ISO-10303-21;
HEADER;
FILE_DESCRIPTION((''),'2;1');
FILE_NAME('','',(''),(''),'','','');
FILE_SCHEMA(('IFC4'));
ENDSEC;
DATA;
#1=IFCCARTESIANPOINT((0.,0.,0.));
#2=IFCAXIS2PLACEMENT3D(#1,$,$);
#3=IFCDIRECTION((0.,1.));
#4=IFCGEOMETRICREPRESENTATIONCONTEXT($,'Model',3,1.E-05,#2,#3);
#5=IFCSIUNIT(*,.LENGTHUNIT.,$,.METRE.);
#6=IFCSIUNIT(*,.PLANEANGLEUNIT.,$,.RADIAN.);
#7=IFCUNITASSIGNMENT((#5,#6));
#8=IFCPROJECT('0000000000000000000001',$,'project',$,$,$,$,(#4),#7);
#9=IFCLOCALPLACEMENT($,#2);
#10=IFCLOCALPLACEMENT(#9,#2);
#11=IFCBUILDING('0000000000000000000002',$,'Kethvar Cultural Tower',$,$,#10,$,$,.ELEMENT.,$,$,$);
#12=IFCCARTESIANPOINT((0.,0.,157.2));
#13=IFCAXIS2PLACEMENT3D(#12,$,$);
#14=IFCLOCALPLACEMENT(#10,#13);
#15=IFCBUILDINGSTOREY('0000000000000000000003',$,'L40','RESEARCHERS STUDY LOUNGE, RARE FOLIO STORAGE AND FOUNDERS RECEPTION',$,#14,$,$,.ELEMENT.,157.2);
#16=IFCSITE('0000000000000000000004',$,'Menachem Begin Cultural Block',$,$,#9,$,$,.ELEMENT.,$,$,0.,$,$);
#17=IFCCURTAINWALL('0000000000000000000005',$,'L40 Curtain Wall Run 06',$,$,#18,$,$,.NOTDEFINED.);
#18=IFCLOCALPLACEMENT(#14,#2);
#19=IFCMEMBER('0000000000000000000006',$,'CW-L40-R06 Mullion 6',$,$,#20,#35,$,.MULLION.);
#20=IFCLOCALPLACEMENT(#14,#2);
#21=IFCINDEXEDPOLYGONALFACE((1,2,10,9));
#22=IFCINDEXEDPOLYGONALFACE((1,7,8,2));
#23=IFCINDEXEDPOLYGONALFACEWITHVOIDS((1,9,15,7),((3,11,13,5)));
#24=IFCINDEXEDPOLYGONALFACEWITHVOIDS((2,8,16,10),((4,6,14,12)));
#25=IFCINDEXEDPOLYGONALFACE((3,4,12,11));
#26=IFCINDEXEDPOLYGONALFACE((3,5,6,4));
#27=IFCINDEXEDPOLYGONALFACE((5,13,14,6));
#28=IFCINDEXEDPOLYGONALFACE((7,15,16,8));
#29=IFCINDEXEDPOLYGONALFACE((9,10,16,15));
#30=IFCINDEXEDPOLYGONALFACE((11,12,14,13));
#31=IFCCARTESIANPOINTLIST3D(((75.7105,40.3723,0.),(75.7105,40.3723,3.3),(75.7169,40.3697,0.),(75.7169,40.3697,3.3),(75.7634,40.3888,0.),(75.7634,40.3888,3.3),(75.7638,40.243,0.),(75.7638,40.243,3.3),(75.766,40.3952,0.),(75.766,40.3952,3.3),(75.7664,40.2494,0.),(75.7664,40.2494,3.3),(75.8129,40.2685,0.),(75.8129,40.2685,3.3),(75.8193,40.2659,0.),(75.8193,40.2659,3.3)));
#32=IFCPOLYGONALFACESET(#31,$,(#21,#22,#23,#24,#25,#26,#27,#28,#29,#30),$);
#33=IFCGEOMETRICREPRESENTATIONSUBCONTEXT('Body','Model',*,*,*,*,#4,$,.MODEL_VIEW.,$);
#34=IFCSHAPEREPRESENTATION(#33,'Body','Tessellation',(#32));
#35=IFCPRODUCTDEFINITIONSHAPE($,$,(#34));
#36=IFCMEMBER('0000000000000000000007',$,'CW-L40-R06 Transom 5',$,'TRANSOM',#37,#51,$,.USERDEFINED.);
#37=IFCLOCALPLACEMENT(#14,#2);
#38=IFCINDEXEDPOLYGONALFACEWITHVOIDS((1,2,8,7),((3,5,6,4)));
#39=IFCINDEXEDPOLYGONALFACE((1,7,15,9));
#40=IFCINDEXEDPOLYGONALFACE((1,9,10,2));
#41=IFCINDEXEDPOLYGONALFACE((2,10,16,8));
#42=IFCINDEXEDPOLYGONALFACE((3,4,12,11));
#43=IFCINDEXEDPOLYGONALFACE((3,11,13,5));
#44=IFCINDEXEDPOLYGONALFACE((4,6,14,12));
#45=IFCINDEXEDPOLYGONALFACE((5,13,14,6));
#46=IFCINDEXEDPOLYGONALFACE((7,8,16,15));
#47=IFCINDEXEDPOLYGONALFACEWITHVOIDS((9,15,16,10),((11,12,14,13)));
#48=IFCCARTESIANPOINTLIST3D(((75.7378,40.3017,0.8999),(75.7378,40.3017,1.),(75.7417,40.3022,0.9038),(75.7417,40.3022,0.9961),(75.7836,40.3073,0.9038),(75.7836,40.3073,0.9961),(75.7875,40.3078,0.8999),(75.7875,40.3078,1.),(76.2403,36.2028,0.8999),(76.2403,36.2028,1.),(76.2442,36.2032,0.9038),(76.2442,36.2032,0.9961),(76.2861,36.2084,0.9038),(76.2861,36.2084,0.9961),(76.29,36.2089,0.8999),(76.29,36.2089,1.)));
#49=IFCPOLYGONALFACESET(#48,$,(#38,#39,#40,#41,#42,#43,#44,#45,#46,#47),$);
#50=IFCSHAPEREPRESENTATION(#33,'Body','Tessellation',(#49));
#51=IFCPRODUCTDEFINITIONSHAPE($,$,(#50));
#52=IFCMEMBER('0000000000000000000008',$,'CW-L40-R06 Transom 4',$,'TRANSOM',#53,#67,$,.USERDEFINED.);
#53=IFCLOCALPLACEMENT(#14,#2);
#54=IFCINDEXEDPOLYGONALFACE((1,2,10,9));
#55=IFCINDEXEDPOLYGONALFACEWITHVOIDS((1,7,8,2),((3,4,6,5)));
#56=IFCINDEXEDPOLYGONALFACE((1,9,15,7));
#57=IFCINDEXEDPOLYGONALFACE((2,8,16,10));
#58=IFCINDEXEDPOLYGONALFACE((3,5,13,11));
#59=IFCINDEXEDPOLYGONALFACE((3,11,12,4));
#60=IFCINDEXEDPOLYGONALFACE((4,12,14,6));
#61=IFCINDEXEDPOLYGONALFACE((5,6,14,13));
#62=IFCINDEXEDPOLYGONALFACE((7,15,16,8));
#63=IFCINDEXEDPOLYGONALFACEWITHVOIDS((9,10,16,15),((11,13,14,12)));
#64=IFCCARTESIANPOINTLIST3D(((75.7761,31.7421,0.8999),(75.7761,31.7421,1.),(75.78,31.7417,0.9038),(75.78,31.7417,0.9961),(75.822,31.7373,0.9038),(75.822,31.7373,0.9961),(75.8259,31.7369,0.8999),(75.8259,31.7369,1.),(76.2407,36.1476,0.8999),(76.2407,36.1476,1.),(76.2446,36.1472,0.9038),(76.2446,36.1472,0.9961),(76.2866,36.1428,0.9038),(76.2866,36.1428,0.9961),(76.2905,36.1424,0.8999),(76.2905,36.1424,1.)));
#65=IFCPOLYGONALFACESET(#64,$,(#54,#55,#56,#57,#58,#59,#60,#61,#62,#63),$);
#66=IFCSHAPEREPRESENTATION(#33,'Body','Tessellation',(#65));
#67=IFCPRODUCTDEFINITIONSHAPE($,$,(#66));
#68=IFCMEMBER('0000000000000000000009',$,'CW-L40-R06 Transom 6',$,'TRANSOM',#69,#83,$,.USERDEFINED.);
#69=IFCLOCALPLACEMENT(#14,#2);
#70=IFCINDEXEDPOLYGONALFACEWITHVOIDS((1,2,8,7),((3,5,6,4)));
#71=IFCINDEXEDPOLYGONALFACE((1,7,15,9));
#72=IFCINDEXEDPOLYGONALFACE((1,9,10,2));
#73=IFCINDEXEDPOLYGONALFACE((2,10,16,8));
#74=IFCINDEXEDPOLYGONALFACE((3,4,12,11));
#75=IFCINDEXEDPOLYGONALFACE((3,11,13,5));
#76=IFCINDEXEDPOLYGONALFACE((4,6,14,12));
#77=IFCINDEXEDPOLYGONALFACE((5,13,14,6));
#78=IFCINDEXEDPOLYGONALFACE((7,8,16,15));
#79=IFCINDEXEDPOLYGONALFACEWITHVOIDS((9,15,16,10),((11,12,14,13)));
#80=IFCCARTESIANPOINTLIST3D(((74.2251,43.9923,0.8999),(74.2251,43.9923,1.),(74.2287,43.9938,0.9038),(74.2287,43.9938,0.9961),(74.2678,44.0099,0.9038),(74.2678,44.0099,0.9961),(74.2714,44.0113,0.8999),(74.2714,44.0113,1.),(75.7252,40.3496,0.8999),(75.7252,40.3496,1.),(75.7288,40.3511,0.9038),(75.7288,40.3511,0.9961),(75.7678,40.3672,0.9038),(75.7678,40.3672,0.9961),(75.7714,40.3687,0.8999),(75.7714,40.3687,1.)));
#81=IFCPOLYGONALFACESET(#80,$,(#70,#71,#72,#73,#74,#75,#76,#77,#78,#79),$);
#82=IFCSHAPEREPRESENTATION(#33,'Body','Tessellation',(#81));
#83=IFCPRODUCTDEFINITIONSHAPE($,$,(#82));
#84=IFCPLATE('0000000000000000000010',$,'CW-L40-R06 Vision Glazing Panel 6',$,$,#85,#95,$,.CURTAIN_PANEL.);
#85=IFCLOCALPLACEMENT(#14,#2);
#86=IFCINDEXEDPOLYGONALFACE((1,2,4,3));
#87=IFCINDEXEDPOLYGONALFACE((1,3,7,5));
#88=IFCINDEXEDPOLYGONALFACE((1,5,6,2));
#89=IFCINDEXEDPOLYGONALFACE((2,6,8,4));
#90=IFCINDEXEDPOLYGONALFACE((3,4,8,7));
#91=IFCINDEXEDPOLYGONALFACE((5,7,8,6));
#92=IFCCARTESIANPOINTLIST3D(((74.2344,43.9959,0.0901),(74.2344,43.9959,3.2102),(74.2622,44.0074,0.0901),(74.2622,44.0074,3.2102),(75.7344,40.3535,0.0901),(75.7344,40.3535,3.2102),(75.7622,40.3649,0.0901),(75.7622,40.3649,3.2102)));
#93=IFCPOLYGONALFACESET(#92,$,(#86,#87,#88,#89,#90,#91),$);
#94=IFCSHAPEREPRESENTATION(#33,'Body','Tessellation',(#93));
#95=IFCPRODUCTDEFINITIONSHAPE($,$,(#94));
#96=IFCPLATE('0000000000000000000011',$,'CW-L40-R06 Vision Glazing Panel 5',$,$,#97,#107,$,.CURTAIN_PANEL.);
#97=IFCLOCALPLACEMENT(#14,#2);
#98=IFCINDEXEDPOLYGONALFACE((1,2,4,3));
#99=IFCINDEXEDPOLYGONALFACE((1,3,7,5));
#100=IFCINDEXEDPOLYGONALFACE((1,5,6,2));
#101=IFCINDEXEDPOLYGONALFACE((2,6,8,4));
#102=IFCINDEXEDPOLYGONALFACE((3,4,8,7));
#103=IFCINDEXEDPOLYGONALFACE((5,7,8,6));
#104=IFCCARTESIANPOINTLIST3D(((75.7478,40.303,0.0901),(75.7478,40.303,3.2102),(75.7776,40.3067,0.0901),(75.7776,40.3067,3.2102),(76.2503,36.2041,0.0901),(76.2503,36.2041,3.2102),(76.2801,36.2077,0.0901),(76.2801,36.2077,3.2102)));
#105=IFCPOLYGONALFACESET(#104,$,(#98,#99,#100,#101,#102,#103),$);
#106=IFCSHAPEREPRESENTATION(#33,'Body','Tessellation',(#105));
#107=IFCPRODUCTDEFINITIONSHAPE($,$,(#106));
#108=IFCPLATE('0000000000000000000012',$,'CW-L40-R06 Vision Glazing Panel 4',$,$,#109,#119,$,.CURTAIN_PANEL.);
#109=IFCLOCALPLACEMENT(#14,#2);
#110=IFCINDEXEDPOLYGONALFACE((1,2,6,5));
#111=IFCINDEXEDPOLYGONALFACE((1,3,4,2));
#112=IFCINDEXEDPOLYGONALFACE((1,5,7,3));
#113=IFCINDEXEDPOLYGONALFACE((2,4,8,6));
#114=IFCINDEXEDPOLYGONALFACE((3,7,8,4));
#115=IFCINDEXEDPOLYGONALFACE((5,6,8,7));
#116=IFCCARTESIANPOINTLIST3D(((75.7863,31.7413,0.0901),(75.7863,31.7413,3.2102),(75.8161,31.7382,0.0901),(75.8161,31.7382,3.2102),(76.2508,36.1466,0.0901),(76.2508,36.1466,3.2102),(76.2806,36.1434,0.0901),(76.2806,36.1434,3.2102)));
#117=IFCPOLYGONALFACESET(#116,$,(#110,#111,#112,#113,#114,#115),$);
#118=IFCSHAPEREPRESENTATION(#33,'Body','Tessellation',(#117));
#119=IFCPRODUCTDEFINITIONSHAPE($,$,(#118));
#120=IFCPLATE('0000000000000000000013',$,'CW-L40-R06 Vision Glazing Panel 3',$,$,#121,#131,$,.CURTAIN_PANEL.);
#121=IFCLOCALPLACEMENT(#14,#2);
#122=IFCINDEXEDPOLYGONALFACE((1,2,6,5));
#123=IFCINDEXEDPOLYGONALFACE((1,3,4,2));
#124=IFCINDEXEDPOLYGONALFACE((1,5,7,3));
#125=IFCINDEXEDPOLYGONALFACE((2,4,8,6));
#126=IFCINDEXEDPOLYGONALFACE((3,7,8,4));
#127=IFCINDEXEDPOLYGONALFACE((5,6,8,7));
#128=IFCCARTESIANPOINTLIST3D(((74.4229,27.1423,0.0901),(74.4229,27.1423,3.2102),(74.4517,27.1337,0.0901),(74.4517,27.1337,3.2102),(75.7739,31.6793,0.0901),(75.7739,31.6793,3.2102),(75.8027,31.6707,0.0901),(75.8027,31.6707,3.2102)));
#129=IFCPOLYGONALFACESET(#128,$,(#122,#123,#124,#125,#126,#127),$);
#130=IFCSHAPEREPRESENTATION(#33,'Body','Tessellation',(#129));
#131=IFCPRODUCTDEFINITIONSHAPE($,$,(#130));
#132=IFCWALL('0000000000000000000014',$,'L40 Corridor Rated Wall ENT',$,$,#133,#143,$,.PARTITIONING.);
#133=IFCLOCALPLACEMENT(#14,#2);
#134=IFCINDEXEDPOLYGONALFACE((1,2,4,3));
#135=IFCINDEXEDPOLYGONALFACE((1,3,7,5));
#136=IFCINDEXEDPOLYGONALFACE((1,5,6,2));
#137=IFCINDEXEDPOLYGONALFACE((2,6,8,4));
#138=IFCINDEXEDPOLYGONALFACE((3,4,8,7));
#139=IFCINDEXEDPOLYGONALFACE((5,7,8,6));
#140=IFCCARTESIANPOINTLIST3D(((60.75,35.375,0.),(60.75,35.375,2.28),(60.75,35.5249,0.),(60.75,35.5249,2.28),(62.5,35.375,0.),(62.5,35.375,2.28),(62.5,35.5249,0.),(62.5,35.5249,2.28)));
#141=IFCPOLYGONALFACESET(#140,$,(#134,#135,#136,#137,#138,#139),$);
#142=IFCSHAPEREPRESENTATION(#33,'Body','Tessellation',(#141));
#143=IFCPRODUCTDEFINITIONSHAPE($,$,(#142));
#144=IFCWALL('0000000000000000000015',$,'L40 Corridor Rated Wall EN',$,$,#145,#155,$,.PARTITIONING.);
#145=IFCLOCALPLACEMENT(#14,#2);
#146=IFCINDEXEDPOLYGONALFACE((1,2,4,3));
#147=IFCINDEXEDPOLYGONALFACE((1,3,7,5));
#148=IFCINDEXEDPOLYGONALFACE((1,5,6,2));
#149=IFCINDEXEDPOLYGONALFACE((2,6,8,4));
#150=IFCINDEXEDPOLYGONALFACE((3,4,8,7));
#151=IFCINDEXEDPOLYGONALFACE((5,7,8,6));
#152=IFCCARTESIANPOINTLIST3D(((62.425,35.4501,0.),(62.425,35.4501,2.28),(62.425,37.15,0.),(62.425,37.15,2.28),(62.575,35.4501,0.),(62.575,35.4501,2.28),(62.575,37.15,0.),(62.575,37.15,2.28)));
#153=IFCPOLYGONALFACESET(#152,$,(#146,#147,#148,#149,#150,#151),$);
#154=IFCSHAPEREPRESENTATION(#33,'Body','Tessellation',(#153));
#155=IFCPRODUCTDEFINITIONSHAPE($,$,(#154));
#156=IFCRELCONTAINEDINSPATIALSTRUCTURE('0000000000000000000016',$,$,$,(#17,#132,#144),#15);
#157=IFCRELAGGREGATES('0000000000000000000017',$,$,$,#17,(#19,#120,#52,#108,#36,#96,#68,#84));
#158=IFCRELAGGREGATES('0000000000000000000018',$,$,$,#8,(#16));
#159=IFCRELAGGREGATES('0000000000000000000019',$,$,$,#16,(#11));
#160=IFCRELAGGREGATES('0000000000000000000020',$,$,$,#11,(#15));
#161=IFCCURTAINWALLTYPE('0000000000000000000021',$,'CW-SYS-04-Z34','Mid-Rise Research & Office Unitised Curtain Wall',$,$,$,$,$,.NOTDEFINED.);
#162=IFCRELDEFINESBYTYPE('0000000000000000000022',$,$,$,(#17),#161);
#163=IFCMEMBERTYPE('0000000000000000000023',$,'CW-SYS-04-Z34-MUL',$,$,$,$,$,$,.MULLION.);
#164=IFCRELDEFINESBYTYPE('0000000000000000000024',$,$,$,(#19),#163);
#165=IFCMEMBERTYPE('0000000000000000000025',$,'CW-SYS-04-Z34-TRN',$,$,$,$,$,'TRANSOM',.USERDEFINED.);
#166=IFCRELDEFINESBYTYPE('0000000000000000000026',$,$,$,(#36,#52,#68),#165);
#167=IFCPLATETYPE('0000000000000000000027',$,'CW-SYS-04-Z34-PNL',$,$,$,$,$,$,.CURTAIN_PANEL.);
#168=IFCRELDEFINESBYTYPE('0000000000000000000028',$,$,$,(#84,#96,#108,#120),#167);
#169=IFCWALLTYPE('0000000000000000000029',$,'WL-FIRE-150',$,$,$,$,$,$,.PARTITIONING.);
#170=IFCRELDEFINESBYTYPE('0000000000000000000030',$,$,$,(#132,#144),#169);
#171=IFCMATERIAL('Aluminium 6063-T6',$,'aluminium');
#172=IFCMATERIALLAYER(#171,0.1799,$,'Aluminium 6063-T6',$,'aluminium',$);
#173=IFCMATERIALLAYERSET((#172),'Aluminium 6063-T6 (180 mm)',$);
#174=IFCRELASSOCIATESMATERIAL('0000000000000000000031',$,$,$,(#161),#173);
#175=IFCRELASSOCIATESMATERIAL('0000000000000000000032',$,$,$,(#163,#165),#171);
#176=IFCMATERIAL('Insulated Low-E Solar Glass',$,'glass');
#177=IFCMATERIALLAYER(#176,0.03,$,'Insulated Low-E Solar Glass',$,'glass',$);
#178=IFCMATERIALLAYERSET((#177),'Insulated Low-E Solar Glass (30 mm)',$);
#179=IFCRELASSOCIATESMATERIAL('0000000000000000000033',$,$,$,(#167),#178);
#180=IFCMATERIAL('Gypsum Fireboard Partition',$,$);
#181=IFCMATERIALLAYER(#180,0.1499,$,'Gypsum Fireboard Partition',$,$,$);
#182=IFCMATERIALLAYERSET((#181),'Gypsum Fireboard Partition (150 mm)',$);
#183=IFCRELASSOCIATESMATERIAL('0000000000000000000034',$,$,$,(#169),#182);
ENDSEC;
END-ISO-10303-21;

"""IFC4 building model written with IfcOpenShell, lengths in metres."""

from ifc_helpers import new_model, si_unit, direction, frame, frame_2d, origin, origin_2d, place, context, subcontext, project, spatial, rectangle, hollow_rectangle, extrude, source, transform, mapped, material, layer, layer_set, material_profile, profile_set, type_object, element, aggregate, save


model = new_model("IFC4")

# Units and contexts
model_context = context("Model", 3, precision=1e-05, world=origin(), true_north=direction((0.0, 1.0)))
body_context = subcontext(model_context, "Body", "Model", "MODEL_VIEW")
ifc_project = project(units=[si_unit("LENGTHUNIT", "METRE"), si_unit("PLANEANGLEUNIT", "RADIAN")], contexts=[model_context])

# Site, building, storey
site_placement = place(None, origin())
site = spatial("IfcSite", under=ifc_project, at=site_placement, Name="Menachem Begin Cultural Block", CompositionType="ELEMENT", RefElevation=0.0)
building_placement = place(site_placement, origin())
building = spatial("IfcBuilding", under=site, at=building_placement, Name="Kethvar Cultural Tower", CompositionType="ELEMENT")
storey_placement = place(building_placement, frame((0.0, 0.0, 157.2)))
storey = spatial("IfcBuildingStorey", under=building, at=storey_placement, Name="L40", Description="RESEARCHERS STUDY LOUNGE, RARE FOLIO STORAGE AND FOUNDERS RECEPTION", CompositionType="ELEMENT", Elevation=157.2)

# Curtain wall, members, plates
ifc_material_1 = material(Name="Aluminium 6063-T6", Category="aluminium")
ifc_layer_1 = layer(ifc_material_1, 0.1799, Name="Aluminium 6063-T6", Category="aluminium")
ifc_layer_set_1 = layer_set([ifc_layer_1], Name="Aluminium 6063-T6 (180 mm)")
curtain_wall_type = type_object("IfcCurtainWallType", Name="CW-SYS-04-Z34", Description="Mid-Rise Research & Office Unitised Curtain Wall", PredefinedType="NOTDEFINED", material=ifc_layer_set_1)
curtain_wall_placement = place(storey_placement, origin())
curtain_wall = element("IfcCurtainWall", 1, at=curtain_wall_placement, inside=storey, type_object=curtain_wall_type, Name="L40 Curtain Wall Run 06", PredefinedType="NOTDEFINED")
ifc_material_profile_1 = material_profile(ifc_material_1, hollow_rectangle(XDim=0.0601, YDim=0.1399, WallThickness=0.0049, at=origin_2d()), Name="Aluminium 6063-T6 — RHS140x60x5")
ifc_profile_set_1 = profile_set([ifc_material_profile_1], Name="Aluminium 6063-T6 — RHS140x60x5")
member_type_1 = type_object("IfcMemberType", Name="CW-SYS-04-Z34-MUL", PredefinedType="MULLION", material=ifc_profile_set_1)
shared_shape_1 = source(origin(), body_context, "Body", "SweptSolid", [
    extrude(hollow_rectangle(XDim=0.0601, YDim=0.1399, WallThickness=0.0049, at=origin_2d()), origin(), (0.0, 0.0, 1.0), 3.3),
])
member_1_placement = place(storey_placement, frame((75.7649, 40.3191, 0.0), z_axis=(0.0, 0.0, 1.0), x_axis=(-0.924659, -0.380796, 0.0)))
member_1 = element("IfcMember", 2, at=member_1_placement, type_object=member_type_1, Name="CW-L40-R06 Mullion 6", PredefinedType="MULLION", context=body_context, shape_type="MappedRepresentation", body=[
    mapped(shared_shape_1, transform((0.0, 0.0, 0.0), scale=1.0)),
])
ifc_material_profile_2 = material_profile(ifc_material_1, hollow_rectangle(XDim=0.05, YDim=0.1001, WallThickness=0.0039, at=origin_2d()), Name="Aluminium 6063-T6 — RHS100x50x4")
ifc_profile_set_2 = profile_set([ifc_material_profile_2], Name="Aluminium 6063-T6 — RHS100x50x4")
member_type_2 = type_object("IfcMemberType", Name="CW-SYS-04-Z34-TRN", ElementType="TRANSOM", PredefinedType="USERDEFINED", material=ifc_profile_set_2)
shared_shape_2 = source(origin(), body_context, "Body", "SweptSolid", [
    extrude(hollow_rectangle(XDim=0.05, YDim=0.1001, WallThickness=0.0039, at=origin_2d()), origin(), (0.0, 0.0, 1.0), 4.1296),
])
member_2_placement = place(storey_placement, frame((76.2651, 36.2058, 0.95), z_axis=(-0.12167, 0.992571, 0.0), x_axis=(-0.992571, -0.12167, 0.0)))
member_2 = element("IfcMember", 3, at=member_2_placement, type_object=member_type_2, Name="CW-L40-R06 Transom 5", ObjectType="TRANSOM", PredefinedType="USERDEFINED", context=body_context, shape_type="MappedRepresentation", body=[
    mapped(shared_shape_2, transform((0.0, 0.0, 0.0), scale=1.0)),
])
shared_shape_3 = source(origin(), body_context, "Body", "SweptSolid", [
    extrude(hollow_rectangle(XDim=0.05, YDim=0.1001, WallThickness=0.0039, at=origin_2d()), origin(), (0.0, 0.0, 1.0), 4.4299),
])
member_3_placement = place(storey_placement, frame((75.801, 31.7395, 0.95), z_axis=(0.104877, 0.994485, 0.0), x_axis=(-0.994485, 0.104877, 0.0)))
member_3 = element("IfcMember", 4, at=member_3_placement, type_object=member_type_2, Name="CW-L40-R06 Transom 4", ObjectType="TRANSOM", PredefinedType="USERDEFINED", context=body_context, shape_type="MappedRepresentation", body=[
    mapped(shared_shape_3, transform((0.0, 0.0, 0.0), scale=1.0)),
])
shared_shape_4 = source(origin(), body_context, "Body", "SweptSolid", [
    extrude(hollow_rectangle(XDim=0.05, YDim=0.1001, WallThickness=0.0039, at=origin_2d()), origin(), (0.0, 0.0, 1.0), 3.9395),
])
member_4_placement = place(storey_placement, frame((75.7483, 40.3591, 0.95), z_axis=(-0.380775, 0.924668, 0.0), x_axis=(-0.924668, -0.380775, 0.0)))
member_4 = element("IfcMember", 5, at=member_4_placement, type_object=member_type_2, Name="CW-L40-R06 Transom 6", ObjectType="TRANSOM", PredefinedType="USERDEFINED", context=body_context, shape_type="MappedRepresentation", body=[
    mapped(shared_shape_4, transform((0.0, 0.0, 0.0), scale=1.0)),
])
ifc_material_2 = material(Name="Insulated Low-E Solar Glass", Category="glass")
ifc_layer_2 = layer(ifc_material_2, 0.03, Name="Insulated Low-E Solar Glass", Category="glass")
ifc_layer_set_2 = layer_set([ifc_layer_2], Name="Insulated Low-E Solar Glass (30 mm)")
plate_type = type_object("IfcPlateType", Name="CW-SYS-04-Z34-PNL", PredefinedType="CURTAIN_PANEL", material=ifc_layer_set_2)
shared_shape_5 = source(origin(), body_context, "Body", "SweptSolid", [
    extrude(rectangle(XDim=3.9392, YDim=0.03, at=origin_2d()), origin(), (0.0, 0.0, 1.0), 3.1201),
])
plate_1_placement = place(storey_placement, frame((74.9983, 42.1804, 0.0901), z_axis=(0.0, 0.0, 1.0), x_axis=(-0.380796, 0.924659, 0.0)))
plate_1 = element("IfcPlate", 6, at=plate_1_placement, type_object=plate_type, Name="CW-L40-R06 Vision Glazing Panel 6", PredefinedType="CURTAIN_PANEL", context=body_context, shape_type="MappedRepresentation", body=[
    mapped(shared_shape_5, transform((0.0, 0.0, 0.0), scale=1.0)),
])
shared_shape_6 = source(origin(), body_context, "Body", "SweptSolid", [
    extrude(rectangle(XDim=4.1296, YDim=0.03, at=origin_2d()), origin(), (0.0, 0.0, 1.0), 3.1201),
])
plate_2_placement = place(storey_placement, frame((76.0139, 38.2554, 0.0901), z_axis=(0.0, 0.0, 1.0), x_axis=(-0.121679, 0.99257, 0.0)))
plate_2 = element("IfcPlate", 7, at=plate_2_placement, type_object=plate_type, Name="CW-L40-R06 Vision Glazing Panel 5", PredefinedType="CURTAIN_PANEL", context=body_context, shape_type="MappedRepresentation", body=[
    mapped(shared_shape_6, transform((0.0, 0.0, 0.0), scale=1.0)),
])
shared_shape_7 = source(origin(), body_context, "Body", "SweptSolid", [
    extrude(rectangle(XDim=4.4297, YDim=0.03, at=origin_2d()), origin(), (0.0, 0.0, 1.0), 3.1201),
])
plate_3_placement = place(storey_placement, frame((76.0334, 33.9424, 0.0901), z_axis=(0.0, 0.0, 1.0), x_axis=(0.104858, 0.994487, 0.0)))
plate_3 = element("IfcPlate", 8, at=plate_3_placement, type_object=plate_type, Name="CW-L40-R06 Vision Glazing Panel 4", PredefinedType="CURTAIN_PANEL", context=body_context, shape_type="MappedRepresentation", body=[
    mapped(shared_shape_7, transform((0.0, 0.0, 0.0), scale=1.0)),
])
shared_shape_8 = source(origin(), body_context, "Body", "SweptSolid", [
    extrude(rectangle(XDim=4.7339, YDim=0.03, at=origin_2d()), origin(), (0.0, 0.0, 1.0), 3.1201),
])
plate_4_placement = place(storey_placement, frame((75.1128, 29.4065, 0.0901), z_axis=(0.0, 0.0, 1.0), x_axis=(0.285387, 0.958412, 0.0)))
plate_4 = element("IfcPlate", 9, at=plate_4_placement, type_object=plate_type, Name="CW-L40-R06 Vision Glazing Panel 3", PredefinedType="CURTAIN_PANEL", context=body_context, shape_type="MappedRepresentation", body=[
    mapped(shared_shape_8, transform((0.0, 0.0, 0.0), scale=1.0)),
])
aggregate(curtain_wall, [member_1, plate_4, member_3, plate_3, member_2, plate_2, member_4, plate_1])

# Walls
ifc_material_3 = material(Name="Gypsum Fireboard Partition")
ifc_layer_3 = layer(ifc_material_3, 0.1499, Name="Gypsum Fireboard Partition")
ifc_layer_set_3 = layer_set([ifc_layer_3], Name="Gypsum Fireboard Partition (150 mm)")
wall_type = type_object("IfcWallType", Name="WL-FIRE-150", PredefinedType="PARTITIONING", material=ifc_layer_set_3)
wall_1_placement = place(storey_placement, frame((60.75, 35.45, 0.0), z_axis=(0.0, 0.0, 1.0), x_axis=(1.0, 0.0, 0.0)))
element("IfcWall", 10, at=wall_1_placement, inside=storey, type_object=wall_type, Name="L40 Corridor Rated Wall ENT", PredefinedType="PARTITIONING", context=body_context, shape_type="SweptSolid", body=[
    extrude(rectangle(XDim=1.75, YDim=0.1499, at=frame_2d((0.875, 0.0))), origin(), (0.0, 0.0, 1.0), 2.28),
])
wall_2_placement = place(storey_placement, frame((62.5, 35.45, 0.0), z_axis=(0.0, 0.0, 1.0), x_axis=(0.0, 1.0, 0.0)))
element("IfcWall", 11, at=wall_2_placement, inside=storey, type_object=wall_type, Name="L40 Corridor Rated Wall EN", PredefinedType="PARTITIONING", context=body_context, shape_type="SweptSolid", body=[
    extrude(rectangle(XDim=1.7, YDim=0.1499, at=frame_2d((0.8501, 0.0))), origin(), (0.0, 0.0, 1.0), 2.28),
])

save(model, "model.ifc")
